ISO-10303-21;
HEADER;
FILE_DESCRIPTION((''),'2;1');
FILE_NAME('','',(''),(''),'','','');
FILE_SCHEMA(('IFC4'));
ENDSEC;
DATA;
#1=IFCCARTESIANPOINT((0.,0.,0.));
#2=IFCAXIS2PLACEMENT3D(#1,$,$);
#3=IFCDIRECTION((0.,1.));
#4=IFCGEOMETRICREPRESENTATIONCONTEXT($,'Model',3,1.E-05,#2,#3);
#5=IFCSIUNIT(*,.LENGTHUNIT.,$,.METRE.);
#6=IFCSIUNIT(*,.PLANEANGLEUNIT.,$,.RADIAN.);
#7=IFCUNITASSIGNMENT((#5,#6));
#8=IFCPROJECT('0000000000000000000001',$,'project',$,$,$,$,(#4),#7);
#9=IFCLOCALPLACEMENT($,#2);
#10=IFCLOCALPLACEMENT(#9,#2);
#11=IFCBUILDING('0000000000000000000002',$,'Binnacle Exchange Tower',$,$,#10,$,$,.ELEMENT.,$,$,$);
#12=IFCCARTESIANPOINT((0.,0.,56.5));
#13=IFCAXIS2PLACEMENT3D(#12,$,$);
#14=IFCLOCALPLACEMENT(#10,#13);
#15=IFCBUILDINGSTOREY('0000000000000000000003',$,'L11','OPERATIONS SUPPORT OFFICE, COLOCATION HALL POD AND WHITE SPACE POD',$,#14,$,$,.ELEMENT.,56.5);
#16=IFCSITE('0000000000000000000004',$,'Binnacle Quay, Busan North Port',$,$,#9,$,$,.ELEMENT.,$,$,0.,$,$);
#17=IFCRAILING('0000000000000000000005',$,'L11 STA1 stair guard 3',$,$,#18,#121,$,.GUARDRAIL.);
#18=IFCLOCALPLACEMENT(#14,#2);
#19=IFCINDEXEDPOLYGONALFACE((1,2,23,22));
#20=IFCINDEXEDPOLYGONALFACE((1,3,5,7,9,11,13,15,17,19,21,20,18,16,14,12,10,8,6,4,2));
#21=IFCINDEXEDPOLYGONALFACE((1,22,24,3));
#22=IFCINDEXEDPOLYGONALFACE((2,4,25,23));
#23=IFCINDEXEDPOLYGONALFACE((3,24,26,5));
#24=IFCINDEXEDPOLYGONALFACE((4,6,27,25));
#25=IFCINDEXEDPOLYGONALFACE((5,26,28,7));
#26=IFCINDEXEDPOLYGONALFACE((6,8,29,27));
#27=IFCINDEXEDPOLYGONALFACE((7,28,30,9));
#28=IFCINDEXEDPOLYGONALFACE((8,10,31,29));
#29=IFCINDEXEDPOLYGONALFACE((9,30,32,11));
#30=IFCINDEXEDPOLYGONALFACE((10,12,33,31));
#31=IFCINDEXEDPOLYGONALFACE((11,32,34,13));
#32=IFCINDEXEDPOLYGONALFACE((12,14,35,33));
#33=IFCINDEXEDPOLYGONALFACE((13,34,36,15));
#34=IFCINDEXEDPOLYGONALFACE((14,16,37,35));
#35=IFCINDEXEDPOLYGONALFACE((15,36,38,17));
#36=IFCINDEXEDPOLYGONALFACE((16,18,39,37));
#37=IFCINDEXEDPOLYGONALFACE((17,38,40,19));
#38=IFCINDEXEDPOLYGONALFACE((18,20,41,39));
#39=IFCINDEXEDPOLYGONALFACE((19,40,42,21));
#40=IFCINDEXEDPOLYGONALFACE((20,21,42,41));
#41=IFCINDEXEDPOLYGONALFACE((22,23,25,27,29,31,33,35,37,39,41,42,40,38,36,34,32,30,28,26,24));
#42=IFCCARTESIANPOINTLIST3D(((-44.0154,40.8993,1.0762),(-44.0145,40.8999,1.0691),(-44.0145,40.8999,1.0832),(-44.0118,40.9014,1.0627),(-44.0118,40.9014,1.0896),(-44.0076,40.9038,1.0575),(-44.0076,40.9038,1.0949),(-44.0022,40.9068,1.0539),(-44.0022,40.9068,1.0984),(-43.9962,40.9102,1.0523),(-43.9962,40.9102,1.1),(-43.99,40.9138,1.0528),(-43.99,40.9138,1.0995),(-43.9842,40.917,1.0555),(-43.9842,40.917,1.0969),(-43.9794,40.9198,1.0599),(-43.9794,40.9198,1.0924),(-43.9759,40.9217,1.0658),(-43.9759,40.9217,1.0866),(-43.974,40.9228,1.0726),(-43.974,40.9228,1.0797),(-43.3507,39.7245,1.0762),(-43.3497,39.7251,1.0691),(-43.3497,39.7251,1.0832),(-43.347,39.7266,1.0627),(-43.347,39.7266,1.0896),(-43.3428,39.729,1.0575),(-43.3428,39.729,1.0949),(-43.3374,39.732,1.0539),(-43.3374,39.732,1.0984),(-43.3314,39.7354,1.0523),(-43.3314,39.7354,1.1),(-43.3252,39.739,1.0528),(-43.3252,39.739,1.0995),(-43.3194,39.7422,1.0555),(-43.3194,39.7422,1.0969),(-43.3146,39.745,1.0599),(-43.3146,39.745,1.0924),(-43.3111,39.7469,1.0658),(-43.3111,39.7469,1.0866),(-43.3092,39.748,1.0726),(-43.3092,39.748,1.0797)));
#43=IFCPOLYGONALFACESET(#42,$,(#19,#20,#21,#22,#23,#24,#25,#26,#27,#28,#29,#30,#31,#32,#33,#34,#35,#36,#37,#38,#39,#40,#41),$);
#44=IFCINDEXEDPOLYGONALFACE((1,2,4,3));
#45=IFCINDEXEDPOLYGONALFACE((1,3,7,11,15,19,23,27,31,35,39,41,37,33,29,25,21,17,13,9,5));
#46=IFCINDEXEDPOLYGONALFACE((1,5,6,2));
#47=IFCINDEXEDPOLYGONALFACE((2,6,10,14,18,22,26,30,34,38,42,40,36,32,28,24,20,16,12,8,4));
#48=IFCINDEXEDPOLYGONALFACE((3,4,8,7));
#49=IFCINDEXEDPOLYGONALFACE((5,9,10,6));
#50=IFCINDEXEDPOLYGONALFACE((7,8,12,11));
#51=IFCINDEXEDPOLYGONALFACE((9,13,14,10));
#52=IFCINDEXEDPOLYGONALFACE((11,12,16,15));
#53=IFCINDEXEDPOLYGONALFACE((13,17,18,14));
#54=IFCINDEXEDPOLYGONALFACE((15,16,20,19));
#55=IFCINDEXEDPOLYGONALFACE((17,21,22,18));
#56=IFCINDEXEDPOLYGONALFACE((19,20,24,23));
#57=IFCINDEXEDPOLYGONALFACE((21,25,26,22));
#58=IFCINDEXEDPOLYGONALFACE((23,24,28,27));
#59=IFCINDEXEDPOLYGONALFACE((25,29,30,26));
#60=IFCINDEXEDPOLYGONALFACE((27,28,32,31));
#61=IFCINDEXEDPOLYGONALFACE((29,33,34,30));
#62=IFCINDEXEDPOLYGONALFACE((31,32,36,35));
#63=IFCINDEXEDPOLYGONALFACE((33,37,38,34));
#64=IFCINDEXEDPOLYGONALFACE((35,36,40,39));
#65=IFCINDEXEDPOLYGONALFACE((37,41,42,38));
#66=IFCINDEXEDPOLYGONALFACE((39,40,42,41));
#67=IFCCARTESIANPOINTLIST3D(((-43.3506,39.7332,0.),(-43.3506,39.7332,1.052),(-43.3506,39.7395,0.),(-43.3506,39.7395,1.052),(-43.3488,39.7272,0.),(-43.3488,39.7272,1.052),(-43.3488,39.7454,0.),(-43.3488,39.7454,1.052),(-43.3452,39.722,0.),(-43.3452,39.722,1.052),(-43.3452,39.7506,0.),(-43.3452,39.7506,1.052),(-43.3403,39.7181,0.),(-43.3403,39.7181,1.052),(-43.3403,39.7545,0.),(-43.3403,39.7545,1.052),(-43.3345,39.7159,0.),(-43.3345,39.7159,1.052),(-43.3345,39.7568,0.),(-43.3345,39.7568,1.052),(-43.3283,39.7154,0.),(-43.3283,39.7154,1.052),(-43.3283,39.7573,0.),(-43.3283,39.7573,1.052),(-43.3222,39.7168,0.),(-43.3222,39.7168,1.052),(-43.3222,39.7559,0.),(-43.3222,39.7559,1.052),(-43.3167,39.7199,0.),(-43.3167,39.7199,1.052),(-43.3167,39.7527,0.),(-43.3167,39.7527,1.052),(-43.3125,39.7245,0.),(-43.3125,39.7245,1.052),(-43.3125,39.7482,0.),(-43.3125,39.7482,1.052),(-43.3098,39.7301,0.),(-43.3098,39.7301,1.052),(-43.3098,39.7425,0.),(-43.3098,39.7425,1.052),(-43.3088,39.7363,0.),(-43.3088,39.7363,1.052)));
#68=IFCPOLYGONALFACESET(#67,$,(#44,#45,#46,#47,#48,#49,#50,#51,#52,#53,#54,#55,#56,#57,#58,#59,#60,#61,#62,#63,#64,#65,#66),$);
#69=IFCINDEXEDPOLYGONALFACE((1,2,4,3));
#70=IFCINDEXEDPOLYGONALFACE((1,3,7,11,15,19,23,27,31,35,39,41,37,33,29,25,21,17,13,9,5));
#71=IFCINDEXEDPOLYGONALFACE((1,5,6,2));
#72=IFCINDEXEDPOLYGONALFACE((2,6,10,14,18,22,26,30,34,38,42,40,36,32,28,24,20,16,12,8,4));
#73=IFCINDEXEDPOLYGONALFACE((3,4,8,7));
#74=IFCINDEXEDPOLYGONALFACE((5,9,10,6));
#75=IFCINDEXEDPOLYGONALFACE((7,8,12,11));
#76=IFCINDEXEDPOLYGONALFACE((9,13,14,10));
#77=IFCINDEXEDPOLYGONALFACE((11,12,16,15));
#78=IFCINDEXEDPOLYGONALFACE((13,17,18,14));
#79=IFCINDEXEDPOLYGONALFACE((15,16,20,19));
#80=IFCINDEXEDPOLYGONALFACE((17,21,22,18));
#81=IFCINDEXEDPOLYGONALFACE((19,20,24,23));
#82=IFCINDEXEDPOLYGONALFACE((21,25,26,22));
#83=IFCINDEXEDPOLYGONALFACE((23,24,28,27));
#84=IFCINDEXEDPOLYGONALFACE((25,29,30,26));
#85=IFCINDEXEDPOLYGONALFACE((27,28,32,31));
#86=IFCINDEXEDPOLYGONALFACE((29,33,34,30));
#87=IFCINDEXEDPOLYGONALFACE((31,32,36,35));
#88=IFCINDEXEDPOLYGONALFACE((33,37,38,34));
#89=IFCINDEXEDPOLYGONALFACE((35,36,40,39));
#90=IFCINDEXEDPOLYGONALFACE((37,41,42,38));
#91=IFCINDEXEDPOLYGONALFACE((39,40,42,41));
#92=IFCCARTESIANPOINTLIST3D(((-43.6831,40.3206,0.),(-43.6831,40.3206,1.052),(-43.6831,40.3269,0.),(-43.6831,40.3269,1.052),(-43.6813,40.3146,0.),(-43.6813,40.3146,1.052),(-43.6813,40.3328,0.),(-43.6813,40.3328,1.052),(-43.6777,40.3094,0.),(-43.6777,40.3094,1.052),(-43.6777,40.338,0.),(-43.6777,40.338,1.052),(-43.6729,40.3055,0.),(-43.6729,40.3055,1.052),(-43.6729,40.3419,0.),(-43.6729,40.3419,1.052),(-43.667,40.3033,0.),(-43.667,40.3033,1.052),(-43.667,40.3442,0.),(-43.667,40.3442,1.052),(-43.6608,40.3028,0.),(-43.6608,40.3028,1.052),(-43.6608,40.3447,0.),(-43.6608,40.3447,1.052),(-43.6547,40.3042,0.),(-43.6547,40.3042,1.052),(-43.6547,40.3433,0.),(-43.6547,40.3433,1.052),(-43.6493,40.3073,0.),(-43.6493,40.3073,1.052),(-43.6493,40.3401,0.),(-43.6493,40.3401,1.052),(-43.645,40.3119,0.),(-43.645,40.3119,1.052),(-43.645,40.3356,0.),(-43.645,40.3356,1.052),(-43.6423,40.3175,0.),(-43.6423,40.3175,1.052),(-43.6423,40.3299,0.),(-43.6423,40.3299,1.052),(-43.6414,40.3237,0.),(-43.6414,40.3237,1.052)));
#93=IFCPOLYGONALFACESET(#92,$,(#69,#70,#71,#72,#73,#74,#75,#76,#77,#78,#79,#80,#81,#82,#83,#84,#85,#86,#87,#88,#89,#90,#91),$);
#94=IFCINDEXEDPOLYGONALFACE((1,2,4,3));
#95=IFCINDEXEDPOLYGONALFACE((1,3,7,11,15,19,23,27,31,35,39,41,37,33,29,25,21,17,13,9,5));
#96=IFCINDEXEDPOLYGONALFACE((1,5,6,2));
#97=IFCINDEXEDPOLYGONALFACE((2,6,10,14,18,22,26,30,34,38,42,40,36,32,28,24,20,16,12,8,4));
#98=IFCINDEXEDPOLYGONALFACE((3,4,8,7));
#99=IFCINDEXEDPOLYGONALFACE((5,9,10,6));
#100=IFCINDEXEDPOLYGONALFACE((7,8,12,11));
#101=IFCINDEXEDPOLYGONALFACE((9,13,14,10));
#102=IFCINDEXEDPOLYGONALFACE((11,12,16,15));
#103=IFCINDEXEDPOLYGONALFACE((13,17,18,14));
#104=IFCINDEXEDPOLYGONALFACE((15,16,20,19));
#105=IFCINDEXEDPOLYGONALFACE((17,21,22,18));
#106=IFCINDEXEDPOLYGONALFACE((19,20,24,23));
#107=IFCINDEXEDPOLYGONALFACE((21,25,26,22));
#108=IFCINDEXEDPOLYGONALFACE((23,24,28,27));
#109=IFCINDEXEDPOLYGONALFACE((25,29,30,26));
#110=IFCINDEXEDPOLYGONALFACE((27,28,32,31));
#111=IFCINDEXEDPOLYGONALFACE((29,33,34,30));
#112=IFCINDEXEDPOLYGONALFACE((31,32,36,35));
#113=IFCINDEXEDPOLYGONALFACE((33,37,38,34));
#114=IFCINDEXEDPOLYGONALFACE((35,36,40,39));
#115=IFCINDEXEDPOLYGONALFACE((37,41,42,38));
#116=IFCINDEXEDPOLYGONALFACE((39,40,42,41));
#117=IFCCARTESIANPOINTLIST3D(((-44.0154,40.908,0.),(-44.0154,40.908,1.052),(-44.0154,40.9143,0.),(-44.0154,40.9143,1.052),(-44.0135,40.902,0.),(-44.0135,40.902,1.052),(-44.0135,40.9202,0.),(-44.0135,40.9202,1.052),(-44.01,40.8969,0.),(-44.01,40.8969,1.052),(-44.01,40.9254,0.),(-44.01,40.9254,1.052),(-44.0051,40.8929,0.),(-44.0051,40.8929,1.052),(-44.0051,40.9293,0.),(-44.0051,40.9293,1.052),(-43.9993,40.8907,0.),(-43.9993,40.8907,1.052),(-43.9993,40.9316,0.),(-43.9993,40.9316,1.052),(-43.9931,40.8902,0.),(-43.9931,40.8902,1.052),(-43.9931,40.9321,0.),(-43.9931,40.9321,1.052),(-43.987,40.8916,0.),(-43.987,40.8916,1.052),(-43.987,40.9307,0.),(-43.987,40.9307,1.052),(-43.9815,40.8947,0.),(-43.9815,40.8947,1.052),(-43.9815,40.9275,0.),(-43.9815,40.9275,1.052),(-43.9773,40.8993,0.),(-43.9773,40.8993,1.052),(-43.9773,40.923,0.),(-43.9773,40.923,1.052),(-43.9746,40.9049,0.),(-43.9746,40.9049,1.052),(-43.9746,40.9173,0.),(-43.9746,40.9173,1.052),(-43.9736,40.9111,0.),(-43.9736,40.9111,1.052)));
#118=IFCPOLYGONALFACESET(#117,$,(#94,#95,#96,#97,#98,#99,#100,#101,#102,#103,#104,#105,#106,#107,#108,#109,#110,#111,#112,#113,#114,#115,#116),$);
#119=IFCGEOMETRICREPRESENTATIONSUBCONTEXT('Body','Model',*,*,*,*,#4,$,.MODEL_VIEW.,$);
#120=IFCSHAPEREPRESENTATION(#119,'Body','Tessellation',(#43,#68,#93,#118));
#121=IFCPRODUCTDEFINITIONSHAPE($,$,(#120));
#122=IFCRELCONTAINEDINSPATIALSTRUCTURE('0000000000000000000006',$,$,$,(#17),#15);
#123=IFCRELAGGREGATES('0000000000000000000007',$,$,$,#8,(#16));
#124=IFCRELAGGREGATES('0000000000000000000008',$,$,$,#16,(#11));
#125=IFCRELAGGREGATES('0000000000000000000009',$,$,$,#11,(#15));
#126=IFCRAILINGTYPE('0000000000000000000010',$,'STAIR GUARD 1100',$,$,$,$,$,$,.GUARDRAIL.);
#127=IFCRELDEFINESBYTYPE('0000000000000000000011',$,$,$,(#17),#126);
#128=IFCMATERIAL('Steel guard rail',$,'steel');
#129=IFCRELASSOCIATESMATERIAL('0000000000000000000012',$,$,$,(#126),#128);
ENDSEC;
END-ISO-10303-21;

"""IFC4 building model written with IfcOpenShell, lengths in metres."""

from ifc_helpers import new_model, si_unit, direction, frame, origin, origin_2d, place, context, subcontext, project, spatial, circle, extrude, material, type_object, element, save


model = new_model("IFC4")

# Units and contexts
model_context = context("Model", 3, precision=1e-05, world=origin(), true_north=direction((0.0, 1.0)))
body_context = subcontext(model_context, "Body", "Model", "MODEL_VIEW")
ifc_project = project(units=[si_unit("LENGTHUNIT", "METRE"), si_unit("PLANEANGLEUNIT", "RADIAN")], contexts=[model_context])

# Site, building, storey
site_placement = place(None, origin())
site = spatial("IfcSite", under=ifc_project, at=site_placement, Name="Binnacle Quay, Busan North Port", CompositionType="ELEMENT", RefElevation=0.0)
building_placement = place(site_placement, origin())
building = spatial("IfcBuilding", under=site, at=building_placement, Name="Binnacle Exchange Tower", CompositionType="ELEMENT")
storey_placement = place(building_placement, frame((0.0, 0.0, 56.5)))
storey = spatial("IfcBuildingStorey", under=building, at=storey_placement, Name="L11", Description="OPERATIONS SUPPORT OFFICE, COLOCATION HALL POD AND WHITE SPACE POD", CompositionType="ELEMENT", Elevation=56.5)

# Railing
ifc_material_1 = material(Name="Steel guard rail", Category="steel")
railing_type = type_object("IfcRailingType", Name="STAIR GUARD 1100", PredefinedType="GUARDRAIL", material=ifc_material_1)
railing_1_placement = place(storey_placement, frame((-43.3298, 39.7363, 0.0)))
element("IfcRailing", 1, at=railing_1_placement, inside=storey, type_object=railing_type, Name="L11 STA1 stair guard 3", PredefinedType="GUARDRAIL", context=body_context, shape_type="SweptSolid", body=[
    extrude(circle(Radius=0.0239, at=origin_2d()), frame((0.0, 0.0, 1.0762), z_axis=(-0.492492, 0.870317, 0.0), x_axis=(-0.870317, -0.492492, 0.0)), (0.0, 0.0, 1.0), 1.3499),
    extrude(circle(Radius=0.021, at=origin_2d()), origin(), (0.0, 0.0, 1.0), 1.052),
    extrude(circle(Radius=0.021, at=origin_2d()), frame((-0.3325, 0.5874, 0.0)), (0.0, 0.0, 1.0), 1.052),
    extrude(circle(Radius=0.021, at=origin_2d()), frame((-0.6648, 1.1748, 0.0)), (0.0, 0.0, 1.0), 1.052),
])

save(model, "model.ifc")
